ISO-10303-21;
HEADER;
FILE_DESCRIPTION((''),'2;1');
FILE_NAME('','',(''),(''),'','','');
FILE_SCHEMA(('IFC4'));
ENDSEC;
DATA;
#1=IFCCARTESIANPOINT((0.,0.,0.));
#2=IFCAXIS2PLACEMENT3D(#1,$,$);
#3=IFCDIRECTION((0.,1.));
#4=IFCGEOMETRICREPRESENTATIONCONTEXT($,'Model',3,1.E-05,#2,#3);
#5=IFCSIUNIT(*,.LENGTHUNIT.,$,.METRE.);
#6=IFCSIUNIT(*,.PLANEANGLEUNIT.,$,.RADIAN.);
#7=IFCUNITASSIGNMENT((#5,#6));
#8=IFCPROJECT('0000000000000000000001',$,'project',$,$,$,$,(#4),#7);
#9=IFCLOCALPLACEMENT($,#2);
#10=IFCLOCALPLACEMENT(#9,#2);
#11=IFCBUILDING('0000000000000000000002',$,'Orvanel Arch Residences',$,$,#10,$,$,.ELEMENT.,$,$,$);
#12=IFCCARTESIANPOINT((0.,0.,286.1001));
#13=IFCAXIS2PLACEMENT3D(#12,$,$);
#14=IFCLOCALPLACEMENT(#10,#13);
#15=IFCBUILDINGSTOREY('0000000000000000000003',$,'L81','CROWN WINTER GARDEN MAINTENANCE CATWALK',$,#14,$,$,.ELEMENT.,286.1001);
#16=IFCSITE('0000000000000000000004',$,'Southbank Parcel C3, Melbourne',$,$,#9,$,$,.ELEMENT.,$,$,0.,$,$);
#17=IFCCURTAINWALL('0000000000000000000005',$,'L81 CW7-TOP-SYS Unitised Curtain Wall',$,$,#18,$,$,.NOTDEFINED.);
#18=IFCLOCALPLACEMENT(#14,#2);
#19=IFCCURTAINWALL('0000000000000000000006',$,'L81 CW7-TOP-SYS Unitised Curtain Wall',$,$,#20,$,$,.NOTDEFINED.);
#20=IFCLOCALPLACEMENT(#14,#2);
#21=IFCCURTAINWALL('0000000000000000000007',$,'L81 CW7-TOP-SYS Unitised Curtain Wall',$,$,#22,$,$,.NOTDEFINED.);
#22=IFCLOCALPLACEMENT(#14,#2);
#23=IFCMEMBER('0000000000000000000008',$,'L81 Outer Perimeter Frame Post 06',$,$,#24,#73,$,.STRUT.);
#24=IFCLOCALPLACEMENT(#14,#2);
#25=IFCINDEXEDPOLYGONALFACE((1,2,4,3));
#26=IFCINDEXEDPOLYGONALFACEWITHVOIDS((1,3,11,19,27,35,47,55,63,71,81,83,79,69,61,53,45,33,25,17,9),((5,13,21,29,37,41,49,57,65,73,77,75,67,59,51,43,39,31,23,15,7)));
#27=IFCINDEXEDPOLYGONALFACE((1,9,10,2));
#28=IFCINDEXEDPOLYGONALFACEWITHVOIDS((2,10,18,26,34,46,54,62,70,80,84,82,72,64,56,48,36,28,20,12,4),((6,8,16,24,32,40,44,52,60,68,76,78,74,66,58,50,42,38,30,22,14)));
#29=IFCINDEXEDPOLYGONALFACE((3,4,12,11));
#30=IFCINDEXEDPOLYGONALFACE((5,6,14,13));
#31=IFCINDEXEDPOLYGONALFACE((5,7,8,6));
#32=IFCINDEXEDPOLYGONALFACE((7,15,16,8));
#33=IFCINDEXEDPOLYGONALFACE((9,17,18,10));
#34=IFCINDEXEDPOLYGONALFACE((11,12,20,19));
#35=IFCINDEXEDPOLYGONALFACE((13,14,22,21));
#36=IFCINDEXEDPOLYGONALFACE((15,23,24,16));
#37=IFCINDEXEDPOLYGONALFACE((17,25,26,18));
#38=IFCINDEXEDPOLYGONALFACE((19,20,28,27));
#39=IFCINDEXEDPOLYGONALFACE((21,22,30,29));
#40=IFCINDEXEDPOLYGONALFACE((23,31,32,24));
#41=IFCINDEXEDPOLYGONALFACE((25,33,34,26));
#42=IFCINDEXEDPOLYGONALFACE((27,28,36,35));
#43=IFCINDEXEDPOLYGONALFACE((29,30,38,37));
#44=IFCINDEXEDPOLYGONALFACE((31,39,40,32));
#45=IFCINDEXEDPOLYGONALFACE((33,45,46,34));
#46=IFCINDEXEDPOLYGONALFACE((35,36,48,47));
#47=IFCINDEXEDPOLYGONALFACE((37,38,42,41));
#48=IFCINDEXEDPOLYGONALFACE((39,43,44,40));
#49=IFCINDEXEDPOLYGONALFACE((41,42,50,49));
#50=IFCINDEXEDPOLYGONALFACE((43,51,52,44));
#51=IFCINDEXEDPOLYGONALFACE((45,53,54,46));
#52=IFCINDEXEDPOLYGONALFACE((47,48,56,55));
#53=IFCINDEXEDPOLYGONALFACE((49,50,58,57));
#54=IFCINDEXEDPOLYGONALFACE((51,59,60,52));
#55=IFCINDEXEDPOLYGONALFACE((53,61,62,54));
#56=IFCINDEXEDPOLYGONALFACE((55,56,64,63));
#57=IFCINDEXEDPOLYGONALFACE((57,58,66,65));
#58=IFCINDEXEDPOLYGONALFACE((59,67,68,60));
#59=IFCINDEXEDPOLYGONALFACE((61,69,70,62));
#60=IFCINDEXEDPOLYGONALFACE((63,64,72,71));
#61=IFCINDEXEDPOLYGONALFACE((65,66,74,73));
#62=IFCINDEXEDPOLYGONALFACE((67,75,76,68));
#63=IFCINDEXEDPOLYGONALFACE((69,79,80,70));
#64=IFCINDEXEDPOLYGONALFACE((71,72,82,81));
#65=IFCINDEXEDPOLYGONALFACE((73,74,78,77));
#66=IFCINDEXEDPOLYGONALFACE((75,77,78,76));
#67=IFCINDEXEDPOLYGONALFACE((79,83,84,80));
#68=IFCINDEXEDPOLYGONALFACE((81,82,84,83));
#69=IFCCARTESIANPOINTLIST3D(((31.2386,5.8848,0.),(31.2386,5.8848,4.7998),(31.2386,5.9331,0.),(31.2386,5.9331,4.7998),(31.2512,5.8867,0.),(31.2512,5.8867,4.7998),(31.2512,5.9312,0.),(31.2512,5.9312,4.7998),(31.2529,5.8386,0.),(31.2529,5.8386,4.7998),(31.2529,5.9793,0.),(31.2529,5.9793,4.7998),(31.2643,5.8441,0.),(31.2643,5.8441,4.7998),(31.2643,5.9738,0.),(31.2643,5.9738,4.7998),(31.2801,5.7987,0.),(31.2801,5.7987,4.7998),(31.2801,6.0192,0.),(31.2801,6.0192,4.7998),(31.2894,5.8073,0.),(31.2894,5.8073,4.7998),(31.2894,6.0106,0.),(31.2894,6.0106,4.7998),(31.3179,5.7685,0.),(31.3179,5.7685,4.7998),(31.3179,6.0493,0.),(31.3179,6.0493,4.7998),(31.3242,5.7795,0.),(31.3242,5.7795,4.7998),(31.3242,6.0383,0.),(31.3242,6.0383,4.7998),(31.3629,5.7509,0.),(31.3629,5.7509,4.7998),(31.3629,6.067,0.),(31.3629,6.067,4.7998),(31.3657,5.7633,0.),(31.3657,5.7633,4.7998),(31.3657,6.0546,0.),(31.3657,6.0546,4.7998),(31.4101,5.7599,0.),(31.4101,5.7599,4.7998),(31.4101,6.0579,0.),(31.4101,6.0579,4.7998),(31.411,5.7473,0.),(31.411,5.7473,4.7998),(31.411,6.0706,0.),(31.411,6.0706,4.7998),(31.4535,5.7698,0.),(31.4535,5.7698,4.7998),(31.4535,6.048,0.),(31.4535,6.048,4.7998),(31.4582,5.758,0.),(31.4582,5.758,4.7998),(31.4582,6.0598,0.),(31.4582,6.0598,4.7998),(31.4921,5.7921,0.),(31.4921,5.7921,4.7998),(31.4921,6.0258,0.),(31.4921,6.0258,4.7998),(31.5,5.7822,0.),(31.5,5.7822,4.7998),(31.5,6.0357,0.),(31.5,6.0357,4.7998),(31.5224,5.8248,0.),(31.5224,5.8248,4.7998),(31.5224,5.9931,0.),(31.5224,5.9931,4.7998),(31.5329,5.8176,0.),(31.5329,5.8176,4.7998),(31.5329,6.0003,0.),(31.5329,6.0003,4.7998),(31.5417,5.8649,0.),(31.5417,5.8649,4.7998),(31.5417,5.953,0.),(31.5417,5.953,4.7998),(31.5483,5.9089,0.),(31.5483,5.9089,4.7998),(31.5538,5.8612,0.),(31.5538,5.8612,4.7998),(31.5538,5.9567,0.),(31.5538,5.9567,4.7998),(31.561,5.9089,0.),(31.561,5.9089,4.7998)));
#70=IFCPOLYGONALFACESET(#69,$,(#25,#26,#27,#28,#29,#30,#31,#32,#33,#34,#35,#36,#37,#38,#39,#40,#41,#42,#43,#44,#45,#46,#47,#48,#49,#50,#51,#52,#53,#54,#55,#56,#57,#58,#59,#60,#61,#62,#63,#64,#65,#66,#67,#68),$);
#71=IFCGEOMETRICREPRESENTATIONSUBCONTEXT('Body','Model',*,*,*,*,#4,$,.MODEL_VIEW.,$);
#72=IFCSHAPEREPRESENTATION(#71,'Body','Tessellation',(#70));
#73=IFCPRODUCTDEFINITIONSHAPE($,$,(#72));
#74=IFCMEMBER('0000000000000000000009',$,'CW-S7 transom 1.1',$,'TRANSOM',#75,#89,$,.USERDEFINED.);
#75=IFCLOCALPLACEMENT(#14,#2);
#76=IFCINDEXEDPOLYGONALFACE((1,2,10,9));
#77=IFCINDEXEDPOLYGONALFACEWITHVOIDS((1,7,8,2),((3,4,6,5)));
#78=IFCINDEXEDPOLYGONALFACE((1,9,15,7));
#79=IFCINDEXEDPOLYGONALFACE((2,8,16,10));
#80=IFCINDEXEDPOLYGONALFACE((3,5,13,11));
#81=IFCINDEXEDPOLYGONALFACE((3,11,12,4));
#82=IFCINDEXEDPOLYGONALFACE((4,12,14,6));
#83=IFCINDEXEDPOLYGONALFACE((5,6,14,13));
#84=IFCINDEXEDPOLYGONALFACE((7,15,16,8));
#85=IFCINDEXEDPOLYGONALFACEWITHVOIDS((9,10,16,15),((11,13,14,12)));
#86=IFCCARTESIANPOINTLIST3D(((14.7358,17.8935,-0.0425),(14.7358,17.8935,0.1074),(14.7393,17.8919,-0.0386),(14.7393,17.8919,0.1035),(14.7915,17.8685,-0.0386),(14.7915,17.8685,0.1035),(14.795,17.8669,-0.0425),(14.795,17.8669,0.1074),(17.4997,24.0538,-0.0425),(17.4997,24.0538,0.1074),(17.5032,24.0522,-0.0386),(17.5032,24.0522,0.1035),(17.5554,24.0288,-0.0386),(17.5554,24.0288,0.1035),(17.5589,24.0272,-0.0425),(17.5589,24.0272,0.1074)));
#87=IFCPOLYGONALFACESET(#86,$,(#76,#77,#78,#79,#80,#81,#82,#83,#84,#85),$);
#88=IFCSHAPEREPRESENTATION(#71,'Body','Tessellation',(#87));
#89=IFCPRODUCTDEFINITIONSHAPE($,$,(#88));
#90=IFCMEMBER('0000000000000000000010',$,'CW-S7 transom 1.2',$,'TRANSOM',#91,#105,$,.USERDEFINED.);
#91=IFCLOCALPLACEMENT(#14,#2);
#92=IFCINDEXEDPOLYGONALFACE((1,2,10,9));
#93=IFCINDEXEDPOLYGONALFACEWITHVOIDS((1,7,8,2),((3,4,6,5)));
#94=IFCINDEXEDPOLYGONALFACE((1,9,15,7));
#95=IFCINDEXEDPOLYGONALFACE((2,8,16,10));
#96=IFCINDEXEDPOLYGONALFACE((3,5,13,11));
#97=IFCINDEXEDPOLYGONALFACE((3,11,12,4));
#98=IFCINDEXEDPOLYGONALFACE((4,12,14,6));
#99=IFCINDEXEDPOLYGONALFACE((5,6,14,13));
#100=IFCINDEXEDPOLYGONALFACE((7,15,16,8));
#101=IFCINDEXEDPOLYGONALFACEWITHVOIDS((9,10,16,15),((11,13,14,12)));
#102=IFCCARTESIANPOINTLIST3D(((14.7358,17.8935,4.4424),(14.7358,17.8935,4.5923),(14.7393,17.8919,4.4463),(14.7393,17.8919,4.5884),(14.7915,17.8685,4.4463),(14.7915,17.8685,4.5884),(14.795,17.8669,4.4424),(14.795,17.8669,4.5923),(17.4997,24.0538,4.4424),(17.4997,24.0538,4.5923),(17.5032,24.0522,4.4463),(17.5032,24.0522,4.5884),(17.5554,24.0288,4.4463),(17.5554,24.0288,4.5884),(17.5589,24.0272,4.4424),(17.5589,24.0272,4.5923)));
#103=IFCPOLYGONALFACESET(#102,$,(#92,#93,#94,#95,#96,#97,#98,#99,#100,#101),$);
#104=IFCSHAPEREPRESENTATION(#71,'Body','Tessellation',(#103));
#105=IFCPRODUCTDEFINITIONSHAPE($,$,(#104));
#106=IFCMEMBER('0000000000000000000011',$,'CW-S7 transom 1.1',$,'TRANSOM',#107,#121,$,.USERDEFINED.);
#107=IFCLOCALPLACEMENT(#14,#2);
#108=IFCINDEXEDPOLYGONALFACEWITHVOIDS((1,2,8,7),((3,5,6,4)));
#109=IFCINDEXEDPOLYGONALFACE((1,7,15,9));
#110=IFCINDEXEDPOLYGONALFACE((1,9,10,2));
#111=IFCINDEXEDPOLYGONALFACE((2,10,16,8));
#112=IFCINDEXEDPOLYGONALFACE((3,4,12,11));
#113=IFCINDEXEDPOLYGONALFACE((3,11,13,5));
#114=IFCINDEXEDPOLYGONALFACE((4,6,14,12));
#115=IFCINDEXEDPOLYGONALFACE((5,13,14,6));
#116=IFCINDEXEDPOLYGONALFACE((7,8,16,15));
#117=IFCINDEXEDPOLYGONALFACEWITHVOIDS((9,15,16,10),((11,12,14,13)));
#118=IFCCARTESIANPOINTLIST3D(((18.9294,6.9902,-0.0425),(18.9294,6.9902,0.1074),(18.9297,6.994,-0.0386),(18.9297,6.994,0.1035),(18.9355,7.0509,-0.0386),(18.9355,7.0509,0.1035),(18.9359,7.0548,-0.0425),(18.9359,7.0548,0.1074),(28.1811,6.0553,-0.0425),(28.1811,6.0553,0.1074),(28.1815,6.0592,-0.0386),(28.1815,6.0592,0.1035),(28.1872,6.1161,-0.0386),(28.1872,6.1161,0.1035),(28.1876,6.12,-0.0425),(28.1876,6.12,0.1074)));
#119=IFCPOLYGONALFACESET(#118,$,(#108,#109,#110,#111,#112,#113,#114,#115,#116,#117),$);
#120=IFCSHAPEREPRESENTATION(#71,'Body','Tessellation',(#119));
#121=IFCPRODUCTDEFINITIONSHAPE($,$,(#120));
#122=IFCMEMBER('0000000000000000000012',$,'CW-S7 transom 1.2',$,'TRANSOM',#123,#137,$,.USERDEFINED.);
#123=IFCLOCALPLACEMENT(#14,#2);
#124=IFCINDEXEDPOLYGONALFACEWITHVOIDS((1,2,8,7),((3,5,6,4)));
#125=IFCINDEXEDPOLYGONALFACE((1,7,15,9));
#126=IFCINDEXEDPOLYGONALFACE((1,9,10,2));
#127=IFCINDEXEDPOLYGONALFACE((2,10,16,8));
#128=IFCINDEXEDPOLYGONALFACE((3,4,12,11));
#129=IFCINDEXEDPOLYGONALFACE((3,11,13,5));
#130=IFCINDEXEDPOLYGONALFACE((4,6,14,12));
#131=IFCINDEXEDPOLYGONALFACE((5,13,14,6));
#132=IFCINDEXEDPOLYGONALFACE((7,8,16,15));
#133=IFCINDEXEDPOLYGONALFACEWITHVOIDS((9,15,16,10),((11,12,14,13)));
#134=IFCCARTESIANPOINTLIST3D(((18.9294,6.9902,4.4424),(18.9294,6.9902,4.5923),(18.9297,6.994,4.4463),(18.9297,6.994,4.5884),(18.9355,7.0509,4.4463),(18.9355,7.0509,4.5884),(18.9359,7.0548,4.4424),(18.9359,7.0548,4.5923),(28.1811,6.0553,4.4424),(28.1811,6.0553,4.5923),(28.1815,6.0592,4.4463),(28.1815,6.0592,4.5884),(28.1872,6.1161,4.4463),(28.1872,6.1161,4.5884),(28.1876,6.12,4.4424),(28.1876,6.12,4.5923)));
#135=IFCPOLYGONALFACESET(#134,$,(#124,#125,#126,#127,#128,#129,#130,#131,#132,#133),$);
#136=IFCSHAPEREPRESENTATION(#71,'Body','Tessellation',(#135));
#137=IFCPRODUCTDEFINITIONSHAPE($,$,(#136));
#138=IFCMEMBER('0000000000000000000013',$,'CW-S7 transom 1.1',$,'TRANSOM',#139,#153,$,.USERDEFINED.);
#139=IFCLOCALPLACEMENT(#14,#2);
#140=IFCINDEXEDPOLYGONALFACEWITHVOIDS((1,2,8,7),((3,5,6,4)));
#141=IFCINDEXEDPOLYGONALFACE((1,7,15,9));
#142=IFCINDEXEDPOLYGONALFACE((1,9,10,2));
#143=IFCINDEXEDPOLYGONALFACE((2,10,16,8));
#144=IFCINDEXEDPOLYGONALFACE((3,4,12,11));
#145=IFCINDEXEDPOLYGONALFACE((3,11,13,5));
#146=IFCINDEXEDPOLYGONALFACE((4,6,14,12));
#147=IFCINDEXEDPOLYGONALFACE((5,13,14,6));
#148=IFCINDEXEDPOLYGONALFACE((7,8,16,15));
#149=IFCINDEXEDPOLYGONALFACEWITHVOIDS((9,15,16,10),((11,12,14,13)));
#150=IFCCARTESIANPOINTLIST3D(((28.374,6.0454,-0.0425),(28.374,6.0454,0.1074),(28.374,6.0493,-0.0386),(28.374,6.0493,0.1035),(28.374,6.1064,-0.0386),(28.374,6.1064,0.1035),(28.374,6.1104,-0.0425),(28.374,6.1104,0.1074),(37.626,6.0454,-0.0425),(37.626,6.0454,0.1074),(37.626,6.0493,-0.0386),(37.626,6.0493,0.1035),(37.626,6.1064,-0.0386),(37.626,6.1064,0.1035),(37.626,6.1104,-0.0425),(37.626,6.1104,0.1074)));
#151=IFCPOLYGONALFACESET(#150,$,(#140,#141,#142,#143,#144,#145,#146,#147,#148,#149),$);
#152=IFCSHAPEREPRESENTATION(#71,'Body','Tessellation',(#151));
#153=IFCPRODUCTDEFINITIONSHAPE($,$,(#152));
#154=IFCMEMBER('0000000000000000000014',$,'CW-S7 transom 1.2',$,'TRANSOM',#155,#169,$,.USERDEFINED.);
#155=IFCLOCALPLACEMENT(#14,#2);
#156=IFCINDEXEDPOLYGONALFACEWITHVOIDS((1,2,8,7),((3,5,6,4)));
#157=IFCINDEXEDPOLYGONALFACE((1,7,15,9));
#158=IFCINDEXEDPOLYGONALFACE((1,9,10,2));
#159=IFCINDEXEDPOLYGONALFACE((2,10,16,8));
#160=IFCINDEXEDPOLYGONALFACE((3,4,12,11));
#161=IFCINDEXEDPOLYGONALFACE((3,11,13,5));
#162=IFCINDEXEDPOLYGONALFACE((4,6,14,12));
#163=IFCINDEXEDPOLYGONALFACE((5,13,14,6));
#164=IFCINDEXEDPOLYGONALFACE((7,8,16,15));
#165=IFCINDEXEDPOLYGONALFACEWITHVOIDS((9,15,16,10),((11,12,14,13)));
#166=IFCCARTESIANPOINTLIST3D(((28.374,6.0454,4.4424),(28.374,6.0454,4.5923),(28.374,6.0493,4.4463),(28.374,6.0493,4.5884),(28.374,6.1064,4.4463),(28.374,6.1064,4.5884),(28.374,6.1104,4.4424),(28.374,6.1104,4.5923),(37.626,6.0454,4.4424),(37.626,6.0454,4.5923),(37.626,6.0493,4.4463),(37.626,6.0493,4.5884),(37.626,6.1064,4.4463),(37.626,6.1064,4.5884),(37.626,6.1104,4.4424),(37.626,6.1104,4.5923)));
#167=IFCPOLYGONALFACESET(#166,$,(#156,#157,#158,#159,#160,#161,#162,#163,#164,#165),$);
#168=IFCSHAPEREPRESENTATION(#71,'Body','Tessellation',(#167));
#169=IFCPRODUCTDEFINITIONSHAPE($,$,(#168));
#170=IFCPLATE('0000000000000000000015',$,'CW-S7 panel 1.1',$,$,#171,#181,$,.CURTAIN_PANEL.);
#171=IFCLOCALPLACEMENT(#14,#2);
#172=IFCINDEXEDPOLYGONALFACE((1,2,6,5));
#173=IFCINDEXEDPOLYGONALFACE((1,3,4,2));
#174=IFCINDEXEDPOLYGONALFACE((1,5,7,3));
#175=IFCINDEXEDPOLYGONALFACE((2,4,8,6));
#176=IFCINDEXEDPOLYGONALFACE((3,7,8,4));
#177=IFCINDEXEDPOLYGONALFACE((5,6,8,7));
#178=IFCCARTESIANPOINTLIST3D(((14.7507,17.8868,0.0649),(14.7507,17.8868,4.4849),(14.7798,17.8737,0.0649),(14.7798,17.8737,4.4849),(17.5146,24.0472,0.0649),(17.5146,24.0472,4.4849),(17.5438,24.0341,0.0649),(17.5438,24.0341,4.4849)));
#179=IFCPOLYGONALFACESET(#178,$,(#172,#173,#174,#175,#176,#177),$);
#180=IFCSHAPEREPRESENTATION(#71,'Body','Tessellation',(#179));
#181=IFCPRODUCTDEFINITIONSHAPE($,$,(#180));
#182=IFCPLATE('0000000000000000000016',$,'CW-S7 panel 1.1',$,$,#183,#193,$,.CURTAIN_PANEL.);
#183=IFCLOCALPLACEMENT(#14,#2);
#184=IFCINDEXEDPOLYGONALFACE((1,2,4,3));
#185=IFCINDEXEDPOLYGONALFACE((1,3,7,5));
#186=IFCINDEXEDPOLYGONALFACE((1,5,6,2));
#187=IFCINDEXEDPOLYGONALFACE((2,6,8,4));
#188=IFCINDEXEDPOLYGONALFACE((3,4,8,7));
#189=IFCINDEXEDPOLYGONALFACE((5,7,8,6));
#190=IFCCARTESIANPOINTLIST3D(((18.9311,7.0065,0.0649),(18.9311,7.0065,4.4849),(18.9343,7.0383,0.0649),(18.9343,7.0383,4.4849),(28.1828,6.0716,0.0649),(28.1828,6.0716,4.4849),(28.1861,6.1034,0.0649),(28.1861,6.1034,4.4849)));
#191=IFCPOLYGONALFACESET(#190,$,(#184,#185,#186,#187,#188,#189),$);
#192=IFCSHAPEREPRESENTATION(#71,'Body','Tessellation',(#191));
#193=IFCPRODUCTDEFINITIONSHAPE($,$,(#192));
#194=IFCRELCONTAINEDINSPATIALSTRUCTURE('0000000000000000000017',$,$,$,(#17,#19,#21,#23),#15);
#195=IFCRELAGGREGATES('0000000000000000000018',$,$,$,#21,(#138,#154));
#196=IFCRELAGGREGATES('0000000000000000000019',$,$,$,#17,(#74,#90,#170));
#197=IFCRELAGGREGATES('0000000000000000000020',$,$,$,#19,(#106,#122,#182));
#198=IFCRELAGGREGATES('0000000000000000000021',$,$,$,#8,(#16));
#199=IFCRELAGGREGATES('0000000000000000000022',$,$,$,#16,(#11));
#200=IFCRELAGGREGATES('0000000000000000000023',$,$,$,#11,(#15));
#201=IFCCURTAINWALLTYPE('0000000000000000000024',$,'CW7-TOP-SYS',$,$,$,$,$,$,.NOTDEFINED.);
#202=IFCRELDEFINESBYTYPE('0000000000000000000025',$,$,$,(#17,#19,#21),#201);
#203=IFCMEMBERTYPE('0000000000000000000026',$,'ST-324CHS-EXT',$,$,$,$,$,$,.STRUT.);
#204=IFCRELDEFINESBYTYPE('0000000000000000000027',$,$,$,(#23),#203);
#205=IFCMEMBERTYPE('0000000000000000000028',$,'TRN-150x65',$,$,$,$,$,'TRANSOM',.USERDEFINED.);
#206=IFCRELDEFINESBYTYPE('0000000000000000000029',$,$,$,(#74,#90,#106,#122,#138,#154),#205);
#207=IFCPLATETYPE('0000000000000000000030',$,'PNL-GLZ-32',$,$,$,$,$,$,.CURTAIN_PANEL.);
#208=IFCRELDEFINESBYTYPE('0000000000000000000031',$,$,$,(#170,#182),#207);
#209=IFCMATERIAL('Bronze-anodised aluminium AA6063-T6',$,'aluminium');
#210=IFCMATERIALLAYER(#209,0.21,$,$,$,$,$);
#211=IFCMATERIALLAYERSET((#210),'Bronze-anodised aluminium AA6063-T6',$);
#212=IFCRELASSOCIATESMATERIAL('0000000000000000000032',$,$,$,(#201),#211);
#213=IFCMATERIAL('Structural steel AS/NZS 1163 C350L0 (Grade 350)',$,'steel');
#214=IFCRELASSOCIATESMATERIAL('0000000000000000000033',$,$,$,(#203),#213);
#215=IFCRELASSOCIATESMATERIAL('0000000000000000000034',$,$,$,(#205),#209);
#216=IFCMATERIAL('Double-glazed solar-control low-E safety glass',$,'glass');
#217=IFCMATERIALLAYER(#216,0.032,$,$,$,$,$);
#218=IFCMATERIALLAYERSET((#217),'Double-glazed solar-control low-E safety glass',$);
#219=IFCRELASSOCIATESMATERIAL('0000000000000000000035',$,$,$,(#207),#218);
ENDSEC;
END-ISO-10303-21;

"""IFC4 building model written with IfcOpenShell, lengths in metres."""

from ifc_helpers import new_model, si_unit, direction, frame, origin, origin_2d, place, context, subcontext, project, spatial, rectangle, hollow_rectangle, hollow_circle, extrude, material, layer, layer_set, material_profile, profile_set, type_object, element, aggregate, save


model = new_model("IFC4")

# Units and contexts
model_context = context("Model", 3, precision=1e-05, world=origin(), true_north=direction((0.0, 1.0)))
body_context = subcontext(model_context, "Body", "Model", "MODEL_VIEW")
ifc_project = project(units=[si_unit("LENGTHUNIT", "METRE"), si_unit("PLANEANGLEUNIT", "RADIAN")], contexts=[model_context])

# Site, building, storey
site_placement = place(None, origin())
site = spatial("IfcSite", under=ifc_project, at=site_placement, Name="Southbank Parcel C3, Melbourne", CompositionType="ELEMENT", RefElevation=0.0)
building_placement = place(site_placement, origin())
building = spatial("IfcBuilding", under=site, at=building_placement, Name="Orvanel Arch Residences", CompositionType="ELEMENT")
storey_placement = place(building_placement, frame((0.0, 0.0, 286.1001)))
storey = spatial("IfcBuildingStorey", under=building, at=storey_placement, Name="L81", Description="CROWN WINTER GARDEN MAINTENANCE CATWALK", CompositionType="ELEMENT", Elevation=286.1001)

# Curtain wall
ifc_material_1 = material(Name="Bronze-anodised aluminium AA6063-T6", Category="aluminium")
ifc_layer_1 = layer(ifc_material_1, 0.21)
ifc_layer_set_1 = layer_set([ifc_layer_1], Name="Bronze-anodised aluminium AA6063-T6")
curtain_wall_type = type_object("IfcCurtainWallType", Name="CW7-TOP-SYS", PredefinedType="NOTDEFINED", material=ifc_layer_set_1)
curtain_wall_1_placement = place(storey_placement, origin())
curtain_wall_1 = element("IfcCurtainWall", 1, at=curtain_wall_1_placement, inside=storey, type_object=curtain_wall_type, Name="L81 CW7-TOP-SYS Unitised Curtain Wall", PredefinedType="NOTDEFINED")

# Curtain wall
curtain_wall_2_placement = place(storey_placement, origin())
curtain_wall_2 = element("IfcCurtainWall", 2, at=curtain_wall_2_placement, inside=storey, type_object=curtain_wall_type, Name="L81 CW7-TOP-SYS Unitised Curtain Wall", PredefinedType="NOTDEFINED")

# Curtain wall
curtain_wall_3_placement = place(storey_placement, origin())
curtain_wall_3 = element("IfcCurtainWall", 3, at=curtain_wall_3_placement, inside=storey, type_object=curtain_wall_type, Name="L81 CW7-TOP-SYS Unitised Curtain Wall", PredefinedType="NOTDEFINED")

# Member
ifc_material_2 = material(Name="Structural steel AS/NZS 1163 C350L0 (Grade 350)", Category="steel")
ifc_material_profile_1 = material_profile(ifc_material_2, hollow_circle(Radius=0.1621, WallThickness=0.0127, at=origin_2d()), Name="CHS324x12.7")
ifc_profile_set_1 = profile_set([ifc_material_profile_1], Name="Structural steel AS/NZS 1163 C350L0 (Grade 350)")
member_type_1 = type_object("IfcMemberType", Name="ST-324CHS-EXT", PredefinedType="STRUT", material=ifc_profile_set_1)
for number, where, z_axis, x_axis, name in (
    (4, (31.3989, 5.9089, 0.0), (0.0, 0.0, 1.0), (1.0, 0.0, 0.0), "L81 Outer Perimeter Frame Post 06"),
):
    element("IfcMember", number, at=place(storey_placement, frame(where, z_axis=z_axis, x_axis=x_axis)), inside=storey, type_object=member_type_1, Name=name, PredefinedType="STRUT", context=body_context, shape_type="SweptSolid", body=[
        extrude(hollow_circle(Radius=0.1621, WallThickness=0.0127, at=origin_2d()), origin(), (0.0, 0.0, 1.0), 4.7998),
    ])

# Members
ifc_material_profile_2 = material_profile(ifc_material_1, hollow_rectangle(XDim=0.0649, YDim=0.1499, WallThickness=0.0039, at=origin_2d()), Name="ALU150x65x4")
ifc_profile_set_2 = profile_set([ifc_material_profile_2], Name="Bronze-anodised aluminium AA6063-T6")
member_type_2 = type_object("IfcMemberType", Name="TRN-150x65", ElementType="TRANSOM", PredefinedType="USERDEFINED", material=ifc_profile_set_2)
member_1_placement = place(storey_placement, frame((17.5293, 24.0405, 0.0325), z_axis=(-0.409347, -0.912379, 0.0), x_axis=(0.912379, -0.409347, 0.0)))
member_1 = element("IfcMember", 5, at=member_1_placement, type_object=member_type_2, Name="CW-S7 transom 1.1", ObjectType="TRANSOM", PredefinedType="USERDEFINED", context=body_context, shape_type="SweptSolid", body=[
    extrude(hollow_rectangle(XDim=0.0649, YDim=0.1499, WallThickness=0.0039, at=origin_2d()), origin(), (0.0, 0.0, 1.0), 6.752),
])
member_2_placement = place(storey_placement, frame((17.5293, 24.0405, 4.5173), z_axis=(-0.409347, -0.912379, 0.0), x_axis=(0.912379, -0.409347, 0.0)))
member_2 = element("IfcMember", 6, at=member_2_placement, type_object=member_type_2, Name="CW-S7 transom 1.2", ObjectType="TRANSOM", PredefinedType="USERDEFINED", context=body_context, shape_type="SweptSolid", body=[
    extrude(hollow_rectangle(XDim=0.0649, YDim=0.1499, WallThickness=0.0039, at=origin_2d()), origin(), (0.0, 0.0, 1.0), 6.752),
])
member_3_placement = place(storey_placement, frame((18.9326, 7.0225, 0.0325), z_axis=(0.994934, -0.10053, 0.0), x_axis=(0.10053, 0.994934, 0.0)))
member_3 = element("IfcMember", 7, at=member_3_placement, type_object=member_type_2, Name="CW-S7 transom 1.1", ObjectType="TRANSOM", PredefinedType="USERDEFINED", context=body_context, shape_type="SweptSolid", body=[
    extrude(hollow_rectangle(XDim=0.0649, YDim=0.1499, WallThickness=0.0039, at=origin_2d()), origin(), (0.0, 0.0, 1.0), 9.2988),
])
member_4_placement = place(storey_placement, frame((18.9326, 7.0225, 4.5173), z_axis=(0.994934, -0.10053, 0.0), x_axis=(0.10053, 0.994934, 0.0)))
member_4 = element("IfcMember", 8, at=member_4_placement, type_object=member_type_2, Name="CW-S7 transom 1.2", ObjectType="TRANSOM", PredefinedType="USERDEFINED", context=body_context, shape_type="SweptSolid", body=[
    extrude(hollow_rectangle(XDim=0.0649, YDim=0.1499, WallThickness=0.0039, at=origin_2d()), origin(), (0.0, 0.0, 1.0), 9.2988),
])
member_5_placement = place(storey_placement, frame((28.374, 6.0779, 0.0325), z_axis=(1.0, 0.0, 0.0), x_axis=(0.0, 1.0, 0.0)))
member_5 = element("IfcMember", 9, at=member_5_placement, type_object=member_type_2, Name="CW-S7 transom 1.1", ObjectType="TRANSOM", PredefinedType="USERDEFINED", context=body_context, shape_type="SweptSolid", body=[
    extrude(hollow_rectangle(XDim=0.0649, YDim=0.1499, WallThickness=0.0039, at=origin_2d()), origin(), (0.0, 0.0, 1.0), 9.252),
])
member_6_placement = place(storey_placement, frame((28.374, 6.0779, 4.5173), z_axis=(1.0, 0.0, 0.0), x_axis=(0.0, 1.0, 0.0)))
member_6 = element("IfcMember", 10, at=member_6_placement, type_object=member_type_2, Name="CW-S7 transom 1.2", ObjectType="TRANSOM", PredefinedType="USERDEFINED", context=body_context, shape_type="SweptSolid", body=[
    extrude(hollow_rectangle(XDim=0.0649, YDim=0.1499, WallThickness=0.0039, at=origin_2d()), origin(), (0.0, 0.0, 1.0), 9.252),
])
aggregate(curtain_wall_3, [member_5, member_6])

# Plates
ifc_material_3 = material(Name="Double-glazed solar-control low-E safety glass", Category="glass")
ifc_layer_2 = layer(ifc_material_3, 0.032)
ifc_layer_set_2 = layer_set([ifc_layer_2], Name="Double-glazed solar-control low-E safety glass")
plate_type = type_object("IfcPlateType", Name="PNL-GLZ-32", PredefinedType="CURTAIN_PANEL", material=ifc_layer_set_2)
plate_1_placement = place(storey_placement, frame((16.1472, 20.9604, 0.0649), z_axis=(0.0, 0.0, 1.0), x_axis=(-0.409353, -0.912376, 0.0)))
plate_1 = element("IfcPlate", 11, at=plate_1_placement, type_object=plate_type, Name="CW-S7 panel 1.1", PredefinedType="CURTAIN_PANEL", context=body_context, shape_type="SweptSolid", body=[
    extrude(rectangle(XDim=6.752, YDim=0.032, at=origin_2d()), origin(), (0.0, 0.0, 1.0), 4.4199),
])
aggregate(curtain_wall_1, [member_1, member_2, plate_1])
plate_2_placement = place(storey_placement, frame((23.5586, 6.5549, 0.0649), z_axis=(0.0, 0.0, 1.0), x_axis=(0.994933, -0.100541, 0.0)))
plate_2 = element("IfcPlate", 12, at=plate_2_placement, type_object=plate_type, Name="CW-S7 panel 1.1", PredefinedType="CURTAIN_PANEL", context=body_context, shape_type="SweptSolid", body=[
    extrude(rectangle(XDim=9.2988, YDim=0.032, at=origin_2d()), origin(), (0.0, 0.0, 1.0), 4.4199),
])
aggregate(curtain_wall_2, [member_3, member_4, plate_2])

save(model, "model.ifc")
